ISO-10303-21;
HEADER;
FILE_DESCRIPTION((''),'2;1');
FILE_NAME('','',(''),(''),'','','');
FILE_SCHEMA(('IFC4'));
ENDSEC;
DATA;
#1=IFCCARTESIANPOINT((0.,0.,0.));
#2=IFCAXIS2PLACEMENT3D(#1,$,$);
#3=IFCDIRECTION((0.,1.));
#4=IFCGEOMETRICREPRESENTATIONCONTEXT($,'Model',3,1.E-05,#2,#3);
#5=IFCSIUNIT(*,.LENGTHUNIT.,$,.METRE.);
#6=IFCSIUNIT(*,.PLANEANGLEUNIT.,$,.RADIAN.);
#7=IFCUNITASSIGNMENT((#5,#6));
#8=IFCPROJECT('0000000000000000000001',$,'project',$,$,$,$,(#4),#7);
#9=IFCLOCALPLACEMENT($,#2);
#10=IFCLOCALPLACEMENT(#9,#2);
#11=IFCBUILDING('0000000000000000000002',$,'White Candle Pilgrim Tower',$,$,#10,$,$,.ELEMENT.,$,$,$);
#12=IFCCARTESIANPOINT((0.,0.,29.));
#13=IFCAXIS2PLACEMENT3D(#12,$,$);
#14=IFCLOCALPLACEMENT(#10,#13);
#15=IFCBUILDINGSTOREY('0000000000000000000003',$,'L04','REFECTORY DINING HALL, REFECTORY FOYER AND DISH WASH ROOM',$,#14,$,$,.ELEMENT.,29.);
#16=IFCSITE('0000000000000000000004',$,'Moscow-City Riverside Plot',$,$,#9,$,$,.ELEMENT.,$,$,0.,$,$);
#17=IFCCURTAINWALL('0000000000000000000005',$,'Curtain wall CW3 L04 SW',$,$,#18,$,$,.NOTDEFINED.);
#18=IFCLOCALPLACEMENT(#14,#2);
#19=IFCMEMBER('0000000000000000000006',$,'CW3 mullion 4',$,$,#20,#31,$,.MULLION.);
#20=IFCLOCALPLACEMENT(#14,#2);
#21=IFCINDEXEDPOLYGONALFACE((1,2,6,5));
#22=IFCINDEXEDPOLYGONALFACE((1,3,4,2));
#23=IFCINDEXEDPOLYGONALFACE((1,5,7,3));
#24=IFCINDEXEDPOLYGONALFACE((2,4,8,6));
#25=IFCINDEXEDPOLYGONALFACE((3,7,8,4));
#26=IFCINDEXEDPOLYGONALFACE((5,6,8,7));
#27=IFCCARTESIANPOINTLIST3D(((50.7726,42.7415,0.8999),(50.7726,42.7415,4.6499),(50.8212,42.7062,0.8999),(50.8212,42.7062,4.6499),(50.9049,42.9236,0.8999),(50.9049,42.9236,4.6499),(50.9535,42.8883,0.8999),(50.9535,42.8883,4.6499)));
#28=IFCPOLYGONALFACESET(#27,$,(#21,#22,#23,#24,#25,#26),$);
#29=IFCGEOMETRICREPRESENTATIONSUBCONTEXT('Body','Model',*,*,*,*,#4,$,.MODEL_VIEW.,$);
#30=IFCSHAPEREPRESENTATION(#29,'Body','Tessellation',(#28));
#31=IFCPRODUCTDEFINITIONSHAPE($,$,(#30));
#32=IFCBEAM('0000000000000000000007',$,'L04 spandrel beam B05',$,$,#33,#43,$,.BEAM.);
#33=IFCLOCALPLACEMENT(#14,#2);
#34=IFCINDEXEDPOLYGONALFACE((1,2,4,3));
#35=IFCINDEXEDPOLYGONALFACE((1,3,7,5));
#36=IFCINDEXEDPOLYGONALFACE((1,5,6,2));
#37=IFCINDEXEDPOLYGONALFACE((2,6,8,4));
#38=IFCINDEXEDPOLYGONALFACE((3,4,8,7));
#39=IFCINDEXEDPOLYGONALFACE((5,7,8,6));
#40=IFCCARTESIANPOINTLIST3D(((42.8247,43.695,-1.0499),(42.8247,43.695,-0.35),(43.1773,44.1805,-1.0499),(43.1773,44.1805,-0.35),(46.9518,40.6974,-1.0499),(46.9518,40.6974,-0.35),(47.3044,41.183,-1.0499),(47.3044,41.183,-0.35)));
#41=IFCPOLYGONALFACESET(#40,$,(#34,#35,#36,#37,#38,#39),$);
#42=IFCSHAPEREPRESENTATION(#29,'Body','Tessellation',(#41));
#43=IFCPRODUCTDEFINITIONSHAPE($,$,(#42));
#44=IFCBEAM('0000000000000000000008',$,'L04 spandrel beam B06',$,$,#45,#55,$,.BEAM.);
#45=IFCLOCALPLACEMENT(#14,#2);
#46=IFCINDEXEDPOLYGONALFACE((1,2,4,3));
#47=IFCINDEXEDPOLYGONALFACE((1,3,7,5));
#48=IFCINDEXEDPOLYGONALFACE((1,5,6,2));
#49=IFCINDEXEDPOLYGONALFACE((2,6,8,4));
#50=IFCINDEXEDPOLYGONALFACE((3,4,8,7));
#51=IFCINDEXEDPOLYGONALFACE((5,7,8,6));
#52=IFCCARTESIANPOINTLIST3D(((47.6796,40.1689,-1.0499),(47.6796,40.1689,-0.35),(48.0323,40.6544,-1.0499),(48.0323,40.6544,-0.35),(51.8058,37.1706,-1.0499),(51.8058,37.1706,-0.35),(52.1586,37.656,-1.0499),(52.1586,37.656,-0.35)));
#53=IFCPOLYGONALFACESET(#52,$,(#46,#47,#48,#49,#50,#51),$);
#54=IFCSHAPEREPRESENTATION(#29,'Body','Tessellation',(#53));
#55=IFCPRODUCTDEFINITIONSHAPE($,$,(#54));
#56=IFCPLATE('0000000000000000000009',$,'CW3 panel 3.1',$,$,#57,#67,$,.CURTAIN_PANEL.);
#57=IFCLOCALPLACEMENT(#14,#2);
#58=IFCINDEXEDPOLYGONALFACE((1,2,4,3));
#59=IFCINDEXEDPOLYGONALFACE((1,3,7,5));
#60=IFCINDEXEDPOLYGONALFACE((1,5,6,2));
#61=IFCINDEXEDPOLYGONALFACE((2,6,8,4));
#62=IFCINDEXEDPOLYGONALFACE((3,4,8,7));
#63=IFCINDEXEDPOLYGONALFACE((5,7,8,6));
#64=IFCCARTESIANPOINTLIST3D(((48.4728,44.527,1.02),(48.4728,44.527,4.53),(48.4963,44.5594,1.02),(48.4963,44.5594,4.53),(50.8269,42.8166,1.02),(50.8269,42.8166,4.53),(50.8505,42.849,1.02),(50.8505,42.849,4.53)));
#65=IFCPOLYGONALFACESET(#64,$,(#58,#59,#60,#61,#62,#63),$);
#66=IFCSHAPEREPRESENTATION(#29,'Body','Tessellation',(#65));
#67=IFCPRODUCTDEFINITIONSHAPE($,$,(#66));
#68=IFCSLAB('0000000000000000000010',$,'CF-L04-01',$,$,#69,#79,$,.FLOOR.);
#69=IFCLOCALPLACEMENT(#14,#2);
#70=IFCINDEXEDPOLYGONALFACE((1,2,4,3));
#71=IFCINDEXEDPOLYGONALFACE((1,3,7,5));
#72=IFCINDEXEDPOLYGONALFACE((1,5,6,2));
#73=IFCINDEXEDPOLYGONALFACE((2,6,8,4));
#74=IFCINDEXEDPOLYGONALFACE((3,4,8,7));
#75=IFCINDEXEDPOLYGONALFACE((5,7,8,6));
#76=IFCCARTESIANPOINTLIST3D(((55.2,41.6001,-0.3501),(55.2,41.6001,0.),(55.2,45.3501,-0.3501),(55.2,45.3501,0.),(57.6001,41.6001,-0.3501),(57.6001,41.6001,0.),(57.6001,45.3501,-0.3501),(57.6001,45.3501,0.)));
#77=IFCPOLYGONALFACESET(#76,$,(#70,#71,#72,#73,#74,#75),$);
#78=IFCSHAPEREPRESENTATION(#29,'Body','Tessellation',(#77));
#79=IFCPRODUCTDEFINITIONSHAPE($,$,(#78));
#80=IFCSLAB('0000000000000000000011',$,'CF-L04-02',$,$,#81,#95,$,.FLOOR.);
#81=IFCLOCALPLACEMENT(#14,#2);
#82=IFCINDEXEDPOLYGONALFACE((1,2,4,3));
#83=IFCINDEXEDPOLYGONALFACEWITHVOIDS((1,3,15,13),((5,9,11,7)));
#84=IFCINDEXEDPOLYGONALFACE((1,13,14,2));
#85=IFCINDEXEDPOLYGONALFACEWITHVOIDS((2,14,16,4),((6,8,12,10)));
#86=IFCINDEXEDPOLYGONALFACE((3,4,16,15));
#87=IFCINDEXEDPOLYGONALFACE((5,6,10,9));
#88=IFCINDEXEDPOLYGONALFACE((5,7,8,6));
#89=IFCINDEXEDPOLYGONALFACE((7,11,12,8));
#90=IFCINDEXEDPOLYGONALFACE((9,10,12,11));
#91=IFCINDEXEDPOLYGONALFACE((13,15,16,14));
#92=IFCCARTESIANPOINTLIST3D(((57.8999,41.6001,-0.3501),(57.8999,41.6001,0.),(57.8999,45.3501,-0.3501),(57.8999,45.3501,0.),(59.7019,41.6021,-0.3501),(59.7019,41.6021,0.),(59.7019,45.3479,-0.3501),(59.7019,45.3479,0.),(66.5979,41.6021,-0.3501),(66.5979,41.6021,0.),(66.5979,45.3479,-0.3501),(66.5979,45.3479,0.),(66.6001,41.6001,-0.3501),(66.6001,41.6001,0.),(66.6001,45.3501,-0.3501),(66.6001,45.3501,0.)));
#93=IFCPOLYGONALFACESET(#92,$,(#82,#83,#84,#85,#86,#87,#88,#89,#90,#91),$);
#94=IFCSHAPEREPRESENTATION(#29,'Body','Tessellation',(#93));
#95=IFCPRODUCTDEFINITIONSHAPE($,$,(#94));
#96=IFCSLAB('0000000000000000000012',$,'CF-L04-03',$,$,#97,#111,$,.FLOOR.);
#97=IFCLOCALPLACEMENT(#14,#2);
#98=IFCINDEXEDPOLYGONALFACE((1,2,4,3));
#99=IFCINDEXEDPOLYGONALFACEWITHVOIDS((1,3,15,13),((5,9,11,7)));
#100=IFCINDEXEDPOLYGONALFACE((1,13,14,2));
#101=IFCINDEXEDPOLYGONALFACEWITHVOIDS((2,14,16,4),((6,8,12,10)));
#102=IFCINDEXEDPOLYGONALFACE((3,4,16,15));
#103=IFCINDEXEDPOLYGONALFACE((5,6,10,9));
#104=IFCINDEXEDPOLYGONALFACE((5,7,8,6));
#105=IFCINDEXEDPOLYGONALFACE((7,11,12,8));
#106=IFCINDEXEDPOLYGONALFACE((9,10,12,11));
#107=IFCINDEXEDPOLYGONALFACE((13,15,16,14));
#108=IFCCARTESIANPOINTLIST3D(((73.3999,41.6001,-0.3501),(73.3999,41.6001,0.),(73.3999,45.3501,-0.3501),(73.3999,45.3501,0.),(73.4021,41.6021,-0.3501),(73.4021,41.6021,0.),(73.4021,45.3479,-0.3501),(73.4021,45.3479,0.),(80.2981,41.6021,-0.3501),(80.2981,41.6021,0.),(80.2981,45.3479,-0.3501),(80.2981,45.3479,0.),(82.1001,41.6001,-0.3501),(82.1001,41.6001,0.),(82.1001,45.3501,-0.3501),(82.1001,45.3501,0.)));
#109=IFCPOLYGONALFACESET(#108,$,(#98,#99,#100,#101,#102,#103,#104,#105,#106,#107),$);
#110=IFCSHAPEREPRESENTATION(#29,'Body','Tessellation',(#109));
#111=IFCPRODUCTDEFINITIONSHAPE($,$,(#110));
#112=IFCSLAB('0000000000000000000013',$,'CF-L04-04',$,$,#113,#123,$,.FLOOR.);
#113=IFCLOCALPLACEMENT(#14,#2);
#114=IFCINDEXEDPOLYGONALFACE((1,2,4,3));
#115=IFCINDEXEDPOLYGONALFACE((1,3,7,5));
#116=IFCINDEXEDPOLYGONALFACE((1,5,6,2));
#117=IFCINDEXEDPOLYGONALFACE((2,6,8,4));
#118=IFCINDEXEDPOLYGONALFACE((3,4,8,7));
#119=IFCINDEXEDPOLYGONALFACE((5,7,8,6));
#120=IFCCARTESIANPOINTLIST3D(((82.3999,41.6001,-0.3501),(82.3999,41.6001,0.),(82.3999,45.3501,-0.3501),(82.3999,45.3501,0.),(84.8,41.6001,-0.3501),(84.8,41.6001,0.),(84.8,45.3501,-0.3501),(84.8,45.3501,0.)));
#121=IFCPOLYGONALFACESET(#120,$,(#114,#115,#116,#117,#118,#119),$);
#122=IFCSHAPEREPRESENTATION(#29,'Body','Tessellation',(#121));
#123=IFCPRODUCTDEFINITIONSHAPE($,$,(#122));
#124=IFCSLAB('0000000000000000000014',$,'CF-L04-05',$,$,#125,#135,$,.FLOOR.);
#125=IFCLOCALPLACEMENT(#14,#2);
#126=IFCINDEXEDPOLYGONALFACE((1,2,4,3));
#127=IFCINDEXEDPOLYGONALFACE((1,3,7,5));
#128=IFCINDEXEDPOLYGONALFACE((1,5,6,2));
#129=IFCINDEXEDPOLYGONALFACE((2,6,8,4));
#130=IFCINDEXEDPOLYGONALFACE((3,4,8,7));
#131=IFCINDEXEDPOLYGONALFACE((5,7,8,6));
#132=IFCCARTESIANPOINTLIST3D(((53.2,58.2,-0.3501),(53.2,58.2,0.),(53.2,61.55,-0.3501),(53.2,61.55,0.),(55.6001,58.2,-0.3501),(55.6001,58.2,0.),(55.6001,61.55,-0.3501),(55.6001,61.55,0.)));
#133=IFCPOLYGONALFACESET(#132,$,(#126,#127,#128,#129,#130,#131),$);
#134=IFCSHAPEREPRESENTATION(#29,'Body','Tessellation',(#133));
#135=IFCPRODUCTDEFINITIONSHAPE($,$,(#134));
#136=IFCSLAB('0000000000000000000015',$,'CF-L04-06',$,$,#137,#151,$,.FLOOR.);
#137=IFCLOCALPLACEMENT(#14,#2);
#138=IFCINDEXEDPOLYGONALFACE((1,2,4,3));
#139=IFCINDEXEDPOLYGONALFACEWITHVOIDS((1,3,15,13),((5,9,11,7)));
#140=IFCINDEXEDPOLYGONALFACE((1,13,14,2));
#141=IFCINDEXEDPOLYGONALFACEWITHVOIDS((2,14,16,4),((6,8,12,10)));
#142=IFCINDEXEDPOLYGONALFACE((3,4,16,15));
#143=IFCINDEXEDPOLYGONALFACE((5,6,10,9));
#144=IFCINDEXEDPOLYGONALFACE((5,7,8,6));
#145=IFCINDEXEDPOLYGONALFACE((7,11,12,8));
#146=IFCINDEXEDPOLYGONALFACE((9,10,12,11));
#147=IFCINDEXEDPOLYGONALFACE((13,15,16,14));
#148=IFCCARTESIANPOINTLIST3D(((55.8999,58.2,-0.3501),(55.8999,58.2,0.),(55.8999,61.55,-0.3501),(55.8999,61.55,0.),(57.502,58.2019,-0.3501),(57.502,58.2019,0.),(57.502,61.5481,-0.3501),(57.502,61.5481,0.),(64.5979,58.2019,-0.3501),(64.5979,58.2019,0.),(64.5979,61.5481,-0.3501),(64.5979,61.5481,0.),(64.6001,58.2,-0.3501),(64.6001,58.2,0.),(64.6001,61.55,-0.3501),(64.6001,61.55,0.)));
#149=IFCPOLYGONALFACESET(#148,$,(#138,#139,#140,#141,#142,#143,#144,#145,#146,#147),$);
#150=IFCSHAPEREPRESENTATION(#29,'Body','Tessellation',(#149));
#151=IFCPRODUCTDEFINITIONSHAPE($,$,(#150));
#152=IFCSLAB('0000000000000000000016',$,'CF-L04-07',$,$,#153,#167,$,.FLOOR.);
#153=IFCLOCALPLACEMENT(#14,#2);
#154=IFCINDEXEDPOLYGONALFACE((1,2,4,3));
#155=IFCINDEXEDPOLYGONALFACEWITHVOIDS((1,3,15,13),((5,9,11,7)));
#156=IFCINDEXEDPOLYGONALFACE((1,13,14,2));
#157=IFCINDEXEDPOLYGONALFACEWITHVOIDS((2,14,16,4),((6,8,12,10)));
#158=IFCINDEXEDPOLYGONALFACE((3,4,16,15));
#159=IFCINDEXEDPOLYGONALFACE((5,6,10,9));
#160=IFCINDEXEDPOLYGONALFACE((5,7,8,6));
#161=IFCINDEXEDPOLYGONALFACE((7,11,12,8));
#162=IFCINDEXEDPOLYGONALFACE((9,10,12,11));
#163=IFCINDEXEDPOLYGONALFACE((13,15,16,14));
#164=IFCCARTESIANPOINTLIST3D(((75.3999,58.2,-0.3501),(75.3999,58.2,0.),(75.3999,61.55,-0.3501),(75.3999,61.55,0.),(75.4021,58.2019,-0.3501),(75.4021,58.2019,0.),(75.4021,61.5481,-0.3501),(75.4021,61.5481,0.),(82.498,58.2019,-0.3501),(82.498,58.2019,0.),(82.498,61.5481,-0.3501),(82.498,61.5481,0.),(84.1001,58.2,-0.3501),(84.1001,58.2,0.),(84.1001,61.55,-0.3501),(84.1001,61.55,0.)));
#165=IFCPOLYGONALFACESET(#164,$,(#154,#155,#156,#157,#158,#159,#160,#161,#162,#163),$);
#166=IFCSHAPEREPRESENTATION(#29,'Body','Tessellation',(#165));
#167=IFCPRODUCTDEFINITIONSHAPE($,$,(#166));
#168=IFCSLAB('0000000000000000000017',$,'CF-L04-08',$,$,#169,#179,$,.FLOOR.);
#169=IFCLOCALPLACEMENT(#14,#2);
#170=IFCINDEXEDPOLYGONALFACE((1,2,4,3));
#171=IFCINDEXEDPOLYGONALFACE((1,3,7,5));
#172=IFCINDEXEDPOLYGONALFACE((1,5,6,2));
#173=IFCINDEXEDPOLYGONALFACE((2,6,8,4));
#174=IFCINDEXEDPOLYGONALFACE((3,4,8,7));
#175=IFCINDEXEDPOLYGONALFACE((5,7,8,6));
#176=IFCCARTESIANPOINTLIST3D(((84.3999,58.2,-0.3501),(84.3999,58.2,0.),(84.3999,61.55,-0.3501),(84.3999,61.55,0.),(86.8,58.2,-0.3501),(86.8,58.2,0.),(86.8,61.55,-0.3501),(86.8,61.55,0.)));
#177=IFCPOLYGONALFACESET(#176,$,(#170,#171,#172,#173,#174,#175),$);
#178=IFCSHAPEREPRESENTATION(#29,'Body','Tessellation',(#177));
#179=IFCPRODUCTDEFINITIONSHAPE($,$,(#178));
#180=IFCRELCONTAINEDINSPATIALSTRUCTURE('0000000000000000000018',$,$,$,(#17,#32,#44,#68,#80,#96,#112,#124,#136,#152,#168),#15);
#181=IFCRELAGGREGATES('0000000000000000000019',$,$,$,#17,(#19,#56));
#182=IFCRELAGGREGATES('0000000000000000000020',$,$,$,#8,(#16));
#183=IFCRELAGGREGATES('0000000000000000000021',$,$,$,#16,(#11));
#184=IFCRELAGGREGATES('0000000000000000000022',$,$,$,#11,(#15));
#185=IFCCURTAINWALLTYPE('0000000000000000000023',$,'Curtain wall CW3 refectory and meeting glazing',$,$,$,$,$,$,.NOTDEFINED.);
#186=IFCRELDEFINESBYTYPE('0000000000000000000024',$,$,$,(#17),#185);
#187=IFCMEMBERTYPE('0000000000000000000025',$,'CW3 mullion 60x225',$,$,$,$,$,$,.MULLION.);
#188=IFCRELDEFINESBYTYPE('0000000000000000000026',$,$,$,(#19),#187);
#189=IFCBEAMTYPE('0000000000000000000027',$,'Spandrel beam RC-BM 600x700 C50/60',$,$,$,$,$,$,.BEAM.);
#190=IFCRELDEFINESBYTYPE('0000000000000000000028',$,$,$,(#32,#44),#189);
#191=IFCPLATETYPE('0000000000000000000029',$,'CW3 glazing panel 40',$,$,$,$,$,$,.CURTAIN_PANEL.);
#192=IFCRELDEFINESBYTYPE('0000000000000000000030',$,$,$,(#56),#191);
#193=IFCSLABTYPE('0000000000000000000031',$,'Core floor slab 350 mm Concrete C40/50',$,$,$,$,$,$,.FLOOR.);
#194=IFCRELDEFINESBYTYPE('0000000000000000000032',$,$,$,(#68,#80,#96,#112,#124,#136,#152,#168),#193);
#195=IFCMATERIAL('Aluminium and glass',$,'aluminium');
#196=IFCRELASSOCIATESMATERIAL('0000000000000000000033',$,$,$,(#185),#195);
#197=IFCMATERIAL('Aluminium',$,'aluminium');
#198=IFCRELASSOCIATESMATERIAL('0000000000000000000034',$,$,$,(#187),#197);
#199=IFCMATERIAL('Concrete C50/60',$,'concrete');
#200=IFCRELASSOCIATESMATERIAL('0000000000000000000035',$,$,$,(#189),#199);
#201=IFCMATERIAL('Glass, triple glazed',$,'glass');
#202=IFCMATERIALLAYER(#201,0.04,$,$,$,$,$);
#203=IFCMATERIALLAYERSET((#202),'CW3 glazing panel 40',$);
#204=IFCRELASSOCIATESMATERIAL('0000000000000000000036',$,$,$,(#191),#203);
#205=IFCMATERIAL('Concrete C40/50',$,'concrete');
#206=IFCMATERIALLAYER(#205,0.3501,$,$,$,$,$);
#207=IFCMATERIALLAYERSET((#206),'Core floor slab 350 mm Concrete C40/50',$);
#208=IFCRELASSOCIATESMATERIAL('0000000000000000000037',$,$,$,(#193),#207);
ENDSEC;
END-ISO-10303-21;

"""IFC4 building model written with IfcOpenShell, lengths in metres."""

from ifc_helpers import new_model, si_unit, direction, frame, origin, origin_2d, place, context, subcontext, project, spatial, polyline, rectangle, outline, extrude, material, layer, layer_set, material_profile, profile_set, type_object, element, aggregate, save


model = new_model("IFC4")

# Units and contexts
model_context = context("Model", 3, precision=1e-05, world=origin(), true_north=direction((0.0, 1.0)))
body_context = subcontext(model_context, "Body", "Model", "MODEL_VIEW")
ifc_project = project(units=[si_unit("LENGTHUNIT", "METRE"), si_unit("PLANEANGLEUNIT", "RADIAN")], contexts=[model_context])

# Site, building, storey
site_placement = place(None, origin())
site = spatial("IfcSite", under=ifc_project, at=site_placement, Name="Moscow-City Riverside Plot", CompositionType="ELEMENT", RefElevation=0.0)
building_placement = place(site_placement, origin())
building = spatial("IfcBuilding", under=site, at=building_placement, Name="White Candle Pilgrim Tower", CompositionType="ELEMENT")
storey_placement = place(building_placement, frame((0.0, 0.0, 29.0)))
storey = spatial("IfcBuildingStorey", under=building, at=storey_placement, Name="L04", Description="REFECTORY DINING HALL, REFECTORY FOYER AND DISH WASH ROOM", CompositionType="ELEMENT", Elevation=29.0)

# Curtain wall, member
ifc_material_1 = material(Name="Aluminium and glass", Category="aluminium")
curtain_wall_type = type_object("IfcCurtainWallType", Name="Curtain wall CW3 refectory and meeting glazing", PredefinedType="NOTDEFINED", material=ifc_material_1)
curtain_wall_placement = place(storey_placement, origin())
curtain_wall = element("IfcCurtainWall", 1, at=curtain_wall_placement, inside=storey, type_object=curtain_wall_type, Name="Curtain wall CW3 L04 SW", PredefinedType="NOTDEFINED")
ifc_material_2 = material(Name="Aluminium", Category="aluminium")
ifc_material_profile_1 = material_profile(ifc_material_2, rectangle(XDim=0.2251, YDim=0.0601, at=origin_2d()), Name="CW3 mullion 60x225")
ifc_profile_set_1 = profile_set([ifc_material_profile_1], Name="Aluminium")
member_type = type_object("IfcMemberType", Name="CW3 mullion 60x225", PredefinedType="MULLION", material=ifc_profile_set_1)
member_placement = place(storey_placement, frame((50.863, 42.8149, 0.8999), z_axis=(0.0, 0.0, 1.0), x_axis=(0.587785, 0.809017, 0.0)))
member = element("IfcMember", 2, at=member_placement, type_object=member_type, Name="CW3 mullion 4", PredefinedType="MULLION", context=body_context, shape_type="SweptSolid", body=[
    extrude(rectangle(XDim=0.2251, YDim=0.0601, at=origin_2d()), origin(), (0.0, 0.0, 1.0), 3.75),
])

# Beams
ifc_material_3 = material(Name="Concrete C50/60", Category="concrete")
ifc_material_profile_2 = material_profile(ifc_material_3, rectangle(XDim=0.6001, YDim=0.7, at=origin_2d()), Name="RC-BM 600x700")
ifc_profile_set_2 = profile_set([ifc_material_profile_2], Name="Concrete C50/60")
beam_type = type_object("IfcBeamType", Name="Spandrel beam RC-BM 600x700 C50/60", PredefinedType="BEAM", material=ifc_profile_set_2)
beam_1_placement = place(storey_placement, frame((43.001, 43.9377, -0.7), z_axis=(0.809113, -0.587654, 0.0), x_axis=(0.587654, 0.809113, 0.0)))
element("IfcBeam", 3, at=beam_1_placement, inside=storey, type_object=beam_type, Name="L04 spandrel beam B05", PredefinedType="BEAM", context=body_context, shape_type="SweptSolid", body=[
    extrude(rectangle(XDim=0.6001, YDim=0.7, at=origin_2d()), origin(), (0.0, 0.0, 1.0), 5.1008),
])
beam_2_placement = place(storey_placement, frame((47.856, 40.4116, -0.7), z_axis=(0.808978, -0.587839, 0.0), x_axis=(0.587839, 0.808978, 0.0)))
element("IfcBeam", 4, at=beam_2_placement, inside=storey, type_object=beam_type, Name="L04 spandrel beam B06", PredefinedType="BEAM", context=body_context, shape_type="SweptSolid", body=[
    extrude(rectangle(XDim=0.6001, YDim=0.7, at=origin_2d()), origin(), (0.0, 0.0, 1.0), 5.1006),
])

# Plate
ifc_material_4 = material(Name="Glass, triple glazed", Category="glass")
ifc_layer_1 = layer(ifc_material_4, 0.04)
ifc_layer_set_1 = layer_set([ifc_layer_1], Name="CW3 glazing panel 40")
plate_type = type_object("IfcPlateType", Name="CW3 glazing panel 40", PredefinedType="CURTAIN_PANEL", material=ifc_layer_set_1)
plate_placement = place(storey_placement, frame((49.6616, 43.688, 1.02), z_axis=(0.0, 0.0, 1.0), x_axis=(0.809017, -0.587785, 0.0)))
plate = element("IfcPlate", 5, at=plate_placement, type_object=plate_type, Name="CW3 panel 3.1", PredefinedType="CURTAIN_PANEL", context=body_context, shape_type="SweptSolid", body=[
    extrude(rectangle(XDim=2.9099, YDim=0.04, at=origin_2d()), origin(), (0.0, 0.0, 1.0), 3.51),
])
aggregate(curtain_wall, [member, plate])

# Slabs
ifc_material_5 = material(Name="Concrete C40/50", Category="concrete")
ifc_layer_2 = layer(ifc_material_5, 0.3501)
ifc_layer_set_2 = layer_set([ifc_layer_2], Name="Core floor slab 350 mm Concrete C40/50")
slab_type_1 = type_object("IfcSlabType", Name="Core floor slab 350 mm Concrete C40/50", PredefinedType="FLOOR", material=ifc_layer_set_2)
slab_1_placement = place(storey_placement, frame((0.0, 0.0, -0.3501)))
element("IfcSlab", 6, at=slab_1_placement, inside=storey, type_object=slab_type_1, Name="CF-L04-01", PredefinedType="FLOOR", context=body_context, shape_type="SweptSolid", body=[
    extrude(outline(polyline([(55.2, 41.6001), (55.2, 45.3501), (57.6001, 45.3501), (57.6001, 41.6001), (55.2, 41.6001)])), origin(), (0.0, 0.0, 1.0), 0.3501),
])
slab_2_placement = place(storey_placement, frame((0.0, 0.0, -0.3501)))
element("IfcSlab", 7, at=slab_2_placement, inside=storey, type_object=slab_type_1, Name="CF-L04-02", PredefinedType="FLOOR", context=body_context, shape_type="SweptSolid", body=[
    extrude(outline(polyline([(57.8999, 41.6001), (57.8999, 45.3501), (66.6001, 45.3501), (66.6001, 41.6001), (57.8999, 41.6001)]), holes=[polyline([(59.7019, 45.3479), (59.7019, 41.6021), (66.5979, 41.6021), (66.5979, 45.3479), (59.7019, 45.3479)])]), origin(), (0.0, 0.0, 1.0), 0.3501),
])
slab_3_placement = place(storey_placement, frame((0.0, 0.0, -0.3501)))
element("IfcSlab", 8, at=slab_3_placement, inside=storey, type_object=slab_type_1, Name="CF-L04-03", PredefinedType="FLOOR", context=body_context, shape_type="SweptSolid", body=[
    extrude(outline(polyline([(73.3999, 41.6001), (73.3999, 45.3501), (82.1001, 45.3501), (82.1001, 41.6001), (73.3999, 41.6001)]), holes=[polyline([(80.2981, 41.6021), (80.2981, 45.3479), (73.4021, 45.3479), (73.4021, 41.6021), (80.2981, 41.6021)])]), origin(), (0.0, 0.0, 1.0), 0.3501),
])
slab_4_placement = place(storey_placement, frame((0.0, 0.0, -0.3501)))
element("IfcSlab", 9, at=slab_4_placement, inside=storey, type_object=slab_type_1, Name="CF-L04-04", PredefinedType="FLOOR", context=body_context, shape_type="SweptSolid", body=[
    extrude(outline(polyline([(84.8, 41.6001), (82.3999, 41.6001), (82.3999, 45.3501), (84.8, 45.3501), (84.8, 41.6001)])), origin(), (0.0, 0.0, 1.0), 0.3501),
])
slab_5_placement = place(storey_placement, frame((0.0, 0.0, -0.3501)))
element("IfcSlab", 10, at=slab_5_placement, inside=storey, type_object=slab_type_1, Name="CF-L04-05", PredefinedType="FLOOR", context=body_context, shape_type="SweptSolid", body=[
    extrude(outline(polyline([(53.2, 61.55), (55.6001, 61.55), (55.6001, 58.2), (53.2, 58.2), (53.2, 61.55)])), origin(), (0.0, 0.0, 1.0), 0.3501),
])
slab_6_placement = place(storey_placement, frame((0.0, 0.0, -0.3501)))
element("IfcSlab", 11, at=slab_6_placement, inside=storey, type_object=slab_type_1, Name="CF-L04-06", PredefinedType="FLOOR", context=body_context, shape_type="SweptSolid", body=[
    extrude(outline(polyline([(55.8999, 58.2), (55.8999, 61.55), (64.6001, 61.55), (64.6001, 58.2), (55.8999, 58.2)]), holes=[polyline([(57.502, 61.5481), (57.502, 58.2019), (64.5979, 58.2019), (64.5979, 61.5481), (57.502, 61.5481)])]), origin(), (0.0, 0.0, 1.0), 0.3501),
])
slab_7_placement = place(storey_placement, frame((0.0, 0.0, -0.3501)))
element("IfcSlab", 12, at=slab_7_placement, inside=storey, type_object=slab_type_1, Name="CF-L04-07", PredefinedType="FLOOR", context=body_context, shape_type="SweptSolid", body=[
    extrude(outline(polyline([(75.3999, 58.2), (75.3999, 61.55), (84.1001, 61.55), (84.1001, 58.2), (75.3999, 58.2)]), holes=[polyline([(82.498, 58.2019), (82.498, 61.5481), (75.4021, 61.5481), (75.4021, 58.2019), (82.498, 58.2019)])]), origin(), (0.0, 0.0, 1.0), 0.3501),
])
slab_8_placement = place(storey_placement, frame((0.0, 0.0, -0.3501)))
element("IfcSlab", 13, at=slab_8_placement, inside=storey, type_object=slab_type_1, Name="CF-L04-08", PredefinedType="FLOOR", context=body_context, shape_type="SweptSolid", body=[
    extrude(outline(polyline([(84.3999, 58.2), (84.3999, 61.55), (86.8, 61.55), (86.8, 58.2), (84.3999, 58.2)])), origin(), (0.0, 0.0, 1.0), 0.3501),
])

save(model, "model.ifc")
